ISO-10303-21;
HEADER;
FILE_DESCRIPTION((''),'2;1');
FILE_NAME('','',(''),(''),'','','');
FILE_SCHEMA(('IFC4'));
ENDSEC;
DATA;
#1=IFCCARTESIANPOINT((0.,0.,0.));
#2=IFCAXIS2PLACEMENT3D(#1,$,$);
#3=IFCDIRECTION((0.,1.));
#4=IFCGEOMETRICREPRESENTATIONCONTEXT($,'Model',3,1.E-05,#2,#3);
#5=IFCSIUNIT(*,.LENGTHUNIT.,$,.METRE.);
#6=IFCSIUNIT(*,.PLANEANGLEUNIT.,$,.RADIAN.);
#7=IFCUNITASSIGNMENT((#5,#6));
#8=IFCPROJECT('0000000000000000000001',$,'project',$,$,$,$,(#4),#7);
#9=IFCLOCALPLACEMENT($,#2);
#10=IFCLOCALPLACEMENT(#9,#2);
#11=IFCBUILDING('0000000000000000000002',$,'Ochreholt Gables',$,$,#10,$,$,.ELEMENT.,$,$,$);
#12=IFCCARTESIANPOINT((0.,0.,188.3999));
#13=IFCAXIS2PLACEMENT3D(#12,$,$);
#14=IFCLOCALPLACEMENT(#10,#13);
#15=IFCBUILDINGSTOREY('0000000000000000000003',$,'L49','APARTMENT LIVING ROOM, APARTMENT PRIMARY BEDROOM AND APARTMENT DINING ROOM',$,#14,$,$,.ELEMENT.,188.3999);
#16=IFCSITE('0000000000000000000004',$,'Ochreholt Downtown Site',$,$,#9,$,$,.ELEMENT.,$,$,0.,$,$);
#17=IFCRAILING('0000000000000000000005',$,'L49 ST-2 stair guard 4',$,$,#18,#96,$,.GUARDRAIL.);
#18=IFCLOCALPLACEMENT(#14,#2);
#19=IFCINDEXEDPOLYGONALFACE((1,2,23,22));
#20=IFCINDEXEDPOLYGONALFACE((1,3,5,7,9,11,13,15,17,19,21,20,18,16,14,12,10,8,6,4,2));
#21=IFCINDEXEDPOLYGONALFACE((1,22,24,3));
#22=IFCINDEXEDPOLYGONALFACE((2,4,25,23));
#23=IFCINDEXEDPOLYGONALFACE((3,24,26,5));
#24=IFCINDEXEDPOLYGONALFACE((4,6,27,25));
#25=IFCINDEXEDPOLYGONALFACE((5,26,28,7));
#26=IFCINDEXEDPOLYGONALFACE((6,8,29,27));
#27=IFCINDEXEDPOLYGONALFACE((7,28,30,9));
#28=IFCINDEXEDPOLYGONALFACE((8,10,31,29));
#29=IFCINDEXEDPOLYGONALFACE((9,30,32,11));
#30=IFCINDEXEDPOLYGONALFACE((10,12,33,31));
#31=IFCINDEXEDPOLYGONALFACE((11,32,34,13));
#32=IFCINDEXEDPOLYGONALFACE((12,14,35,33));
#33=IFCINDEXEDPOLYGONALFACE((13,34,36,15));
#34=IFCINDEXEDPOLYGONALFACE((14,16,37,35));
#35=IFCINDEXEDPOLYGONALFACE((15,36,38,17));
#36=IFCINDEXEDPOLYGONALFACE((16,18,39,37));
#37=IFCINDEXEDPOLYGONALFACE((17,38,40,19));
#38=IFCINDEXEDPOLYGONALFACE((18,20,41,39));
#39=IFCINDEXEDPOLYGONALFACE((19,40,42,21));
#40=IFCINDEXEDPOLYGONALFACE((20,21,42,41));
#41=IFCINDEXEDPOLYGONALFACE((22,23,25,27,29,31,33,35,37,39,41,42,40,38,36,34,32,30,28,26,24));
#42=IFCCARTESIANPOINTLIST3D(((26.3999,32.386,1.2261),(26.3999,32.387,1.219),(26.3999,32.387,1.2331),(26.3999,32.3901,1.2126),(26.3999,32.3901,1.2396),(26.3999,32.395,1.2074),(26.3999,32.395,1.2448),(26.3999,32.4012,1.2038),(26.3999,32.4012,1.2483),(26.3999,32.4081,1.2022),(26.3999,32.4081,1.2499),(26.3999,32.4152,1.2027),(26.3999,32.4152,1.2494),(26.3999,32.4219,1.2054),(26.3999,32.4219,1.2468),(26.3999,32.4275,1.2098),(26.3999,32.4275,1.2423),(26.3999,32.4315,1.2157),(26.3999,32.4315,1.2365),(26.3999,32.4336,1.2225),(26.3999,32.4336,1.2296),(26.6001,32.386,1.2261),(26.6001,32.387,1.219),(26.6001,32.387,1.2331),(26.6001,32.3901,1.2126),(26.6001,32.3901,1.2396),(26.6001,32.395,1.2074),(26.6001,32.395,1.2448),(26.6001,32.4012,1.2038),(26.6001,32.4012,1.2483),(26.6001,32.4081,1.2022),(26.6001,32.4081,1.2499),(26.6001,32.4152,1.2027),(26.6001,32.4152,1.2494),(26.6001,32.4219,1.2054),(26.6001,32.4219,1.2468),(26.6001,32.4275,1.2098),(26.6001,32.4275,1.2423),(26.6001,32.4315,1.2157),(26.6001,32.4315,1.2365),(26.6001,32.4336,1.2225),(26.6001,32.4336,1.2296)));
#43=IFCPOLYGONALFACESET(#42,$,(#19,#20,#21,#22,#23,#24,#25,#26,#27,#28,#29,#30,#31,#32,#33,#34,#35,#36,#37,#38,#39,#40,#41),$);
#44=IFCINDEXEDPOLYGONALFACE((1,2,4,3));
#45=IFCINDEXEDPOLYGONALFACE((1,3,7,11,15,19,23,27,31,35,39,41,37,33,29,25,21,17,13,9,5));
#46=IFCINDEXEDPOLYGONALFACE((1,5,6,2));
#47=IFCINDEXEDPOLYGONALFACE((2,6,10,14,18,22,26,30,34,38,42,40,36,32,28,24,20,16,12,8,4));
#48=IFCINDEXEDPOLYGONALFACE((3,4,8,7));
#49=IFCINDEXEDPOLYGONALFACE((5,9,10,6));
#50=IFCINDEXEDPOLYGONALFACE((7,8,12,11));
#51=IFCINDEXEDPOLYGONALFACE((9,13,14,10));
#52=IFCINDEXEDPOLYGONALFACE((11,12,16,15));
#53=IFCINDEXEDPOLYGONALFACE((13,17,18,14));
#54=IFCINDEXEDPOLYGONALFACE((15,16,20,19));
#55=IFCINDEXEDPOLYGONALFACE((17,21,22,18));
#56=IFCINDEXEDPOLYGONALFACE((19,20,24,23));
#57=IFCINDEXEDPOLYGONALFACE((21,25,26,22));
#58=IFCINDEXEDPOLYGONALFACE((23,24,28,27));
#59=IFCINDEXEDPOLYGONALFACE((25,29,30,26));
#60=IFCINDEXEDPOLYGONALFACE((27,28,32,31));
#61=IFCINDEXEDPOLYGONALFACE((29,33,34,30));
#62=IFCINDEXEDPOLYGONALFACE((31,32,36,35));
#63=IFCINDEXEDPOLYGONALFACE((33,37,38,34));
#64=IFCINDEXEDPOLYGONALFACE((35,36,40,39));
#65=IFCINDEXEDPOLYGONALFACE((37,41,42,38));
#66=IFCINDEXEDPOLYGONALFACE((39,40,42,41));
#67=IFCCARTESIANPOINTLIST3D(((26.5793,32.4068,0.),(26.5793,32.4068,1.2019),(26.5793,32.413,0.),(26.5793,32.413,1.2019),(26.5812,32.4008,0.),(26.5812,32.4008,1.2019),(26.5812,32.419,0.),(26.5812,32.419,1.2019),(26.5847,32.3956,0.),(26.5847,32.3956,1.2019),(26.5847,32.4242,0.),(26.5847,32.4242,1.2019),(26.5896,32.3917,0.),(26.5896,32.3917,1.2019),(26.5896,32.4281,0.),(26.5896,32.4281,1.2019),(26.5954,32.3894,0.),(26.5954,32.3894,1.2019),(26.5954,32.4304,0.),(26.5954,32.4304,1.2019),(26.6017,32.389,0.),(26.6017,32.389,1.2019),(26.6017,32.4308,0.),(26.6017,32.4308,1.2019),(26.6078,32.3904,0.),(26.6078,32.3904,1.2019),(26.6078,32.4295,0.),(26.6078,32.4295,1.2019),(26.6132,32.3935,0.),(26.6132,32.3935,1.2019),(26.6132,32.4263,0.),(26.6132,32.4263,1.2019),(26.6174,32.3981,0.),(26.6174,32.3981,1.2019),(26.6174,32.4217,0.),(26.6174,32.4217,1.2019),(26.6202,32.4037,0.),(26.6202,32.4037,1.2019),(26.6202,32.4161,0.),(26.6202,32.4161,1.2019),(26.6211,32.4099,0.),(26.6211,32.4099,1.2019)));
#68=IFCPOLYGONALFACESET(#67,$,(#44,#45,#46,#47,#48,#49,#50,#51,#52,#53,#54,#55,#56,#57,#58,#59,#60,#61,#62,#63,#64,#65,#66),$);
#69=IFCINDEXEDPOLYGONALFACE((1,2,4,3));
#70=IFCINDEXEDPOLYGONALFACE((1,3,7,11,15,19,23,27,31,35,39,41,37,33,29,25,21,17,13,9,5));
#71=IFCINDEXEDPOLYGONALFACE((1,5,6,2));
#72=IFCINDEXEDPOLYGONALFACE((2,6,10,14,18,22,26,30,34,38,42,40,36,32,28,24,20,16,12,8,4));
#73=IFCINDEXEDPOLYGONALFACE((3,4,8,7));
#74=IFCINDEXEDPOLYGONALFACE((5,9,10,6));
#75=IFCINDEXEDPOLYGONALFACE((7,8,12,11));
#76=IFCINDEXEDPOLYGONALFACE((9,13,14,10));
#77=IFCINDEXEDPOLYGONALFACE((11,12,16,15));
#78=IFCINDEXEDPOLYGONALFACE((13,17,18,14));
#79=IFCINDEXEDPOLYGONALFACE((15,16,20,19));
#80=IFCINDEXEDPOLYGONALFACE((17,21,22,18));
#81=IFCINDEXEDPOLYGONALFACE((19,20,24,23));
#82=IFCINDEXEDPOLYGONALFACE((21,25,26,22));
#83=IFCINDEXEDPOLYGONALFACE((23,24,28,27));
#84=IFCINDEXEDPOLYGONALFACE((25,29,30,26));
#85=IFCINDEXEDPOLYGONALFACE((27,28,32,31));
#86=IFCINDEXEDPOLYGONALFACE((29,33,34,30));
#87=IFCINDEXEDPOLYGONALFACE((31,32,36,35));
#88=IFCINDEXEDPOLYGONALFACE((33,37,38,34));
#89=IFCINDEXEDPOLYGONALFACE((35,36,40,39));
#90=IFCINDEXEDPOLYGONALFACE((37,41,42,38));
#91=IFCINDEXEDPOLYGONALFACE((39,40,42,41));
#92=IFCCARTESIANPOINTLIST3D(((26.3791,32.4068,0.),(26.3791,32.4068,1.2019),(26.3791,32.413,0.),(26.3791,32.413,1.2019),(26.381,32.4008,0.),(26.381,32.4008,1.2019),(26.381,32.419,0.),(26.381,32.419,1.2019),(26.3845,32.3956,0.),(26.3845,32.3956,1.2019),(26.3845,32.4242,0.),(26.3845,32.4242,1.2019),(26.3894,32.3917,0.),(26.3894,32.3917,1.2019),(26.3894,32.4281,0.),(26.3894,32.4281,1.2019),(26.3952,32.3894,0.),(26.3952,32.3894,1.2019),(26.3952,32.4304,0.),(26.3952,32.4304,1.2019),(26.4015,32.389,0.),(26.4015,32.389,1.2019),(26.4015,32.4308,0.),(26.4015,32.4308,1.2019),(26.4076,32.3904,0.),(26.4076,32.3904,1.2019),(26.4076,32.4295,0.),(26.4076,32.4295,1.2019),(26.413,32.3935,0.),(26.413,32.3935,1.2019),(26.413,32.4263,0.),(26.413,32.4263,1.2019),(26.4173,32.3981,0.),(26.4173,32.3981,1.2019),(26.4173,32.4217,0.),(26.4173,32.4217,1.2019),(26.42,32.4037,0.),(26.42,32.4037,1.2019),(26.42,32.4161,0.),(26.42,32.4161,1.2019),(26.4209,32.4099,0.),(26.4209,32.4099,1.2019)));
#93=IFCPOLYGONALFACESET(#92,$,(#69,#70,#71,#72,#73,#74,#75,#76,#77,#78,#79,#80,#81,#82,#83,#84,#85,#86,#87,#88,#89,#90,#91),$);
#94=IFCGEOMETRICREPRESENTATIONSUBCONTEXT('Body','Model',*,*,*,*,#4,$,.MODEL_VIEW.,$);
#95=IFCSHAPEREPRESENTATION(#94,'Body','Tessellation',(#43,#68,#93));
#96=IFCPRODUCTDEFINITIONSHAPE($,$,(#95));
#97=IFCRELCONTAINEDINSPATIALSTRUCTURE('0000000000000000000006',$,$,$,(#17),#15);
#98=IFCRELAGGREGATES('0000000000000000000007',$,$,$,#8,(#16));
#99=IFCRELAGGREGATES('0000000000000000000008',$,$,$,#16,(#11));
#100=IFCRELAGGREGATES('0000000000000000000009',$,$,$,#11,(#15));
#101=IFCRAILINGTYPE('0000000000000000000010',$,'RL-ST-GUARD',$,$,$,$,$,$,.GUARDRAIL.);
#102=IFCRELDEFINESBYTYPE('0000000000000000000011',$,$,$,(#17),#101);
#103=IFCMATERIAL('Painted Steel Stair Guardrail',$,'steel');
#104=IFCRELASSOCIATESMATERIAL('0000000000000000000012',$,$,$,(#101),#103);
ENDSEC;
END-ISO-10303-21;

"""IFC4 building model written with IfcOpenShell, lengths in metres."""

from ifc_helpers import new_model, si_unit, direction, frame, origin, origin_2d, place, context, subcontext, project, spatial, circle, extrude, material, type_object, element, save


model = new_model("IFC4")

# Units and contexts
model_context = context("Model", 3, precision=1e-05, world=origin(), true_north=direction((0.0, 1.0)))
body_context = subcontext(model_context, "Body", "Model", "MODEL_VIEW")
ifc_project = project(units=[si_unit("LENGTHUNIT", "METRE"), si_unit("PLANEANGLEUNIT", "RADIAN")], contexts=[model_context])

# Site, building, storey
site_placement = place(None, origin())
site = spatial("IfcSite", under=ifc_project, at=site_placement, Name="Ochreholt Downtown Site", CompositionType="ELEMENT", RefElevation=0.0)
building_placement = place(site_placement, origin())
building = spatial("IfcBuilding", under=site, at=building_placement, Name="Ochreholt Gables", CompositionType="ELEMENT")
storey_placement = place(building_placement, frame((0.0, 0.0, 188.3999)))
storey = spatial("IfcBuildingStorey", under=building, at=storey_placement, Name="L49", Description="APARTMENT LIVING ROOM, APARTMENT PRIMARY BEDROOM AND APARTMENT DINING ROOM", CompositionType="ELEMENT", Elevation=188.3999)

# Railing
ifc_material_1 = material(Name="Painted Steel Stair Guardrail", Category="steel")
railing_type_1 = type_object("IfcRailingType", Name="RL-ST-GUARD", PredefinedType="GUARDRAIL", material=ifc_material_1)
railing_1_placement = place(storey_placement, frame((26.6001, 32.4099, 0.0)))
element("IfcRailing", 1, at=railing_1_placement, inside=storey, type_object=railing_type_1, Name="L49 ST-2 stair guard 4", PredefinedType="GUARDRAIL", context=body_context, shape_type="SweptSolid", body=[
    extrude(circle(Radius=0.0239, at=origin_2d()), frame((0.0, 0.0, 1.2261), z_axis=(-1.0, 0.0, 0.0), x_axis=(0.0, -1.0, 0.0)), (0.0, 0.0, 1.0), 0.2002),
    extrude(circle(Radius=0.021, at=origin_2d()), origin(), (0.0, 0.0, 1.0), 1.2019),
    extrude(circle(Radius=0.021, at=origin_2d()), frame((-0.2002, 0.0, 0.0)), (0.0, 0.0, 1.0), 1.2019),
])

save(model, "model.ifc")
